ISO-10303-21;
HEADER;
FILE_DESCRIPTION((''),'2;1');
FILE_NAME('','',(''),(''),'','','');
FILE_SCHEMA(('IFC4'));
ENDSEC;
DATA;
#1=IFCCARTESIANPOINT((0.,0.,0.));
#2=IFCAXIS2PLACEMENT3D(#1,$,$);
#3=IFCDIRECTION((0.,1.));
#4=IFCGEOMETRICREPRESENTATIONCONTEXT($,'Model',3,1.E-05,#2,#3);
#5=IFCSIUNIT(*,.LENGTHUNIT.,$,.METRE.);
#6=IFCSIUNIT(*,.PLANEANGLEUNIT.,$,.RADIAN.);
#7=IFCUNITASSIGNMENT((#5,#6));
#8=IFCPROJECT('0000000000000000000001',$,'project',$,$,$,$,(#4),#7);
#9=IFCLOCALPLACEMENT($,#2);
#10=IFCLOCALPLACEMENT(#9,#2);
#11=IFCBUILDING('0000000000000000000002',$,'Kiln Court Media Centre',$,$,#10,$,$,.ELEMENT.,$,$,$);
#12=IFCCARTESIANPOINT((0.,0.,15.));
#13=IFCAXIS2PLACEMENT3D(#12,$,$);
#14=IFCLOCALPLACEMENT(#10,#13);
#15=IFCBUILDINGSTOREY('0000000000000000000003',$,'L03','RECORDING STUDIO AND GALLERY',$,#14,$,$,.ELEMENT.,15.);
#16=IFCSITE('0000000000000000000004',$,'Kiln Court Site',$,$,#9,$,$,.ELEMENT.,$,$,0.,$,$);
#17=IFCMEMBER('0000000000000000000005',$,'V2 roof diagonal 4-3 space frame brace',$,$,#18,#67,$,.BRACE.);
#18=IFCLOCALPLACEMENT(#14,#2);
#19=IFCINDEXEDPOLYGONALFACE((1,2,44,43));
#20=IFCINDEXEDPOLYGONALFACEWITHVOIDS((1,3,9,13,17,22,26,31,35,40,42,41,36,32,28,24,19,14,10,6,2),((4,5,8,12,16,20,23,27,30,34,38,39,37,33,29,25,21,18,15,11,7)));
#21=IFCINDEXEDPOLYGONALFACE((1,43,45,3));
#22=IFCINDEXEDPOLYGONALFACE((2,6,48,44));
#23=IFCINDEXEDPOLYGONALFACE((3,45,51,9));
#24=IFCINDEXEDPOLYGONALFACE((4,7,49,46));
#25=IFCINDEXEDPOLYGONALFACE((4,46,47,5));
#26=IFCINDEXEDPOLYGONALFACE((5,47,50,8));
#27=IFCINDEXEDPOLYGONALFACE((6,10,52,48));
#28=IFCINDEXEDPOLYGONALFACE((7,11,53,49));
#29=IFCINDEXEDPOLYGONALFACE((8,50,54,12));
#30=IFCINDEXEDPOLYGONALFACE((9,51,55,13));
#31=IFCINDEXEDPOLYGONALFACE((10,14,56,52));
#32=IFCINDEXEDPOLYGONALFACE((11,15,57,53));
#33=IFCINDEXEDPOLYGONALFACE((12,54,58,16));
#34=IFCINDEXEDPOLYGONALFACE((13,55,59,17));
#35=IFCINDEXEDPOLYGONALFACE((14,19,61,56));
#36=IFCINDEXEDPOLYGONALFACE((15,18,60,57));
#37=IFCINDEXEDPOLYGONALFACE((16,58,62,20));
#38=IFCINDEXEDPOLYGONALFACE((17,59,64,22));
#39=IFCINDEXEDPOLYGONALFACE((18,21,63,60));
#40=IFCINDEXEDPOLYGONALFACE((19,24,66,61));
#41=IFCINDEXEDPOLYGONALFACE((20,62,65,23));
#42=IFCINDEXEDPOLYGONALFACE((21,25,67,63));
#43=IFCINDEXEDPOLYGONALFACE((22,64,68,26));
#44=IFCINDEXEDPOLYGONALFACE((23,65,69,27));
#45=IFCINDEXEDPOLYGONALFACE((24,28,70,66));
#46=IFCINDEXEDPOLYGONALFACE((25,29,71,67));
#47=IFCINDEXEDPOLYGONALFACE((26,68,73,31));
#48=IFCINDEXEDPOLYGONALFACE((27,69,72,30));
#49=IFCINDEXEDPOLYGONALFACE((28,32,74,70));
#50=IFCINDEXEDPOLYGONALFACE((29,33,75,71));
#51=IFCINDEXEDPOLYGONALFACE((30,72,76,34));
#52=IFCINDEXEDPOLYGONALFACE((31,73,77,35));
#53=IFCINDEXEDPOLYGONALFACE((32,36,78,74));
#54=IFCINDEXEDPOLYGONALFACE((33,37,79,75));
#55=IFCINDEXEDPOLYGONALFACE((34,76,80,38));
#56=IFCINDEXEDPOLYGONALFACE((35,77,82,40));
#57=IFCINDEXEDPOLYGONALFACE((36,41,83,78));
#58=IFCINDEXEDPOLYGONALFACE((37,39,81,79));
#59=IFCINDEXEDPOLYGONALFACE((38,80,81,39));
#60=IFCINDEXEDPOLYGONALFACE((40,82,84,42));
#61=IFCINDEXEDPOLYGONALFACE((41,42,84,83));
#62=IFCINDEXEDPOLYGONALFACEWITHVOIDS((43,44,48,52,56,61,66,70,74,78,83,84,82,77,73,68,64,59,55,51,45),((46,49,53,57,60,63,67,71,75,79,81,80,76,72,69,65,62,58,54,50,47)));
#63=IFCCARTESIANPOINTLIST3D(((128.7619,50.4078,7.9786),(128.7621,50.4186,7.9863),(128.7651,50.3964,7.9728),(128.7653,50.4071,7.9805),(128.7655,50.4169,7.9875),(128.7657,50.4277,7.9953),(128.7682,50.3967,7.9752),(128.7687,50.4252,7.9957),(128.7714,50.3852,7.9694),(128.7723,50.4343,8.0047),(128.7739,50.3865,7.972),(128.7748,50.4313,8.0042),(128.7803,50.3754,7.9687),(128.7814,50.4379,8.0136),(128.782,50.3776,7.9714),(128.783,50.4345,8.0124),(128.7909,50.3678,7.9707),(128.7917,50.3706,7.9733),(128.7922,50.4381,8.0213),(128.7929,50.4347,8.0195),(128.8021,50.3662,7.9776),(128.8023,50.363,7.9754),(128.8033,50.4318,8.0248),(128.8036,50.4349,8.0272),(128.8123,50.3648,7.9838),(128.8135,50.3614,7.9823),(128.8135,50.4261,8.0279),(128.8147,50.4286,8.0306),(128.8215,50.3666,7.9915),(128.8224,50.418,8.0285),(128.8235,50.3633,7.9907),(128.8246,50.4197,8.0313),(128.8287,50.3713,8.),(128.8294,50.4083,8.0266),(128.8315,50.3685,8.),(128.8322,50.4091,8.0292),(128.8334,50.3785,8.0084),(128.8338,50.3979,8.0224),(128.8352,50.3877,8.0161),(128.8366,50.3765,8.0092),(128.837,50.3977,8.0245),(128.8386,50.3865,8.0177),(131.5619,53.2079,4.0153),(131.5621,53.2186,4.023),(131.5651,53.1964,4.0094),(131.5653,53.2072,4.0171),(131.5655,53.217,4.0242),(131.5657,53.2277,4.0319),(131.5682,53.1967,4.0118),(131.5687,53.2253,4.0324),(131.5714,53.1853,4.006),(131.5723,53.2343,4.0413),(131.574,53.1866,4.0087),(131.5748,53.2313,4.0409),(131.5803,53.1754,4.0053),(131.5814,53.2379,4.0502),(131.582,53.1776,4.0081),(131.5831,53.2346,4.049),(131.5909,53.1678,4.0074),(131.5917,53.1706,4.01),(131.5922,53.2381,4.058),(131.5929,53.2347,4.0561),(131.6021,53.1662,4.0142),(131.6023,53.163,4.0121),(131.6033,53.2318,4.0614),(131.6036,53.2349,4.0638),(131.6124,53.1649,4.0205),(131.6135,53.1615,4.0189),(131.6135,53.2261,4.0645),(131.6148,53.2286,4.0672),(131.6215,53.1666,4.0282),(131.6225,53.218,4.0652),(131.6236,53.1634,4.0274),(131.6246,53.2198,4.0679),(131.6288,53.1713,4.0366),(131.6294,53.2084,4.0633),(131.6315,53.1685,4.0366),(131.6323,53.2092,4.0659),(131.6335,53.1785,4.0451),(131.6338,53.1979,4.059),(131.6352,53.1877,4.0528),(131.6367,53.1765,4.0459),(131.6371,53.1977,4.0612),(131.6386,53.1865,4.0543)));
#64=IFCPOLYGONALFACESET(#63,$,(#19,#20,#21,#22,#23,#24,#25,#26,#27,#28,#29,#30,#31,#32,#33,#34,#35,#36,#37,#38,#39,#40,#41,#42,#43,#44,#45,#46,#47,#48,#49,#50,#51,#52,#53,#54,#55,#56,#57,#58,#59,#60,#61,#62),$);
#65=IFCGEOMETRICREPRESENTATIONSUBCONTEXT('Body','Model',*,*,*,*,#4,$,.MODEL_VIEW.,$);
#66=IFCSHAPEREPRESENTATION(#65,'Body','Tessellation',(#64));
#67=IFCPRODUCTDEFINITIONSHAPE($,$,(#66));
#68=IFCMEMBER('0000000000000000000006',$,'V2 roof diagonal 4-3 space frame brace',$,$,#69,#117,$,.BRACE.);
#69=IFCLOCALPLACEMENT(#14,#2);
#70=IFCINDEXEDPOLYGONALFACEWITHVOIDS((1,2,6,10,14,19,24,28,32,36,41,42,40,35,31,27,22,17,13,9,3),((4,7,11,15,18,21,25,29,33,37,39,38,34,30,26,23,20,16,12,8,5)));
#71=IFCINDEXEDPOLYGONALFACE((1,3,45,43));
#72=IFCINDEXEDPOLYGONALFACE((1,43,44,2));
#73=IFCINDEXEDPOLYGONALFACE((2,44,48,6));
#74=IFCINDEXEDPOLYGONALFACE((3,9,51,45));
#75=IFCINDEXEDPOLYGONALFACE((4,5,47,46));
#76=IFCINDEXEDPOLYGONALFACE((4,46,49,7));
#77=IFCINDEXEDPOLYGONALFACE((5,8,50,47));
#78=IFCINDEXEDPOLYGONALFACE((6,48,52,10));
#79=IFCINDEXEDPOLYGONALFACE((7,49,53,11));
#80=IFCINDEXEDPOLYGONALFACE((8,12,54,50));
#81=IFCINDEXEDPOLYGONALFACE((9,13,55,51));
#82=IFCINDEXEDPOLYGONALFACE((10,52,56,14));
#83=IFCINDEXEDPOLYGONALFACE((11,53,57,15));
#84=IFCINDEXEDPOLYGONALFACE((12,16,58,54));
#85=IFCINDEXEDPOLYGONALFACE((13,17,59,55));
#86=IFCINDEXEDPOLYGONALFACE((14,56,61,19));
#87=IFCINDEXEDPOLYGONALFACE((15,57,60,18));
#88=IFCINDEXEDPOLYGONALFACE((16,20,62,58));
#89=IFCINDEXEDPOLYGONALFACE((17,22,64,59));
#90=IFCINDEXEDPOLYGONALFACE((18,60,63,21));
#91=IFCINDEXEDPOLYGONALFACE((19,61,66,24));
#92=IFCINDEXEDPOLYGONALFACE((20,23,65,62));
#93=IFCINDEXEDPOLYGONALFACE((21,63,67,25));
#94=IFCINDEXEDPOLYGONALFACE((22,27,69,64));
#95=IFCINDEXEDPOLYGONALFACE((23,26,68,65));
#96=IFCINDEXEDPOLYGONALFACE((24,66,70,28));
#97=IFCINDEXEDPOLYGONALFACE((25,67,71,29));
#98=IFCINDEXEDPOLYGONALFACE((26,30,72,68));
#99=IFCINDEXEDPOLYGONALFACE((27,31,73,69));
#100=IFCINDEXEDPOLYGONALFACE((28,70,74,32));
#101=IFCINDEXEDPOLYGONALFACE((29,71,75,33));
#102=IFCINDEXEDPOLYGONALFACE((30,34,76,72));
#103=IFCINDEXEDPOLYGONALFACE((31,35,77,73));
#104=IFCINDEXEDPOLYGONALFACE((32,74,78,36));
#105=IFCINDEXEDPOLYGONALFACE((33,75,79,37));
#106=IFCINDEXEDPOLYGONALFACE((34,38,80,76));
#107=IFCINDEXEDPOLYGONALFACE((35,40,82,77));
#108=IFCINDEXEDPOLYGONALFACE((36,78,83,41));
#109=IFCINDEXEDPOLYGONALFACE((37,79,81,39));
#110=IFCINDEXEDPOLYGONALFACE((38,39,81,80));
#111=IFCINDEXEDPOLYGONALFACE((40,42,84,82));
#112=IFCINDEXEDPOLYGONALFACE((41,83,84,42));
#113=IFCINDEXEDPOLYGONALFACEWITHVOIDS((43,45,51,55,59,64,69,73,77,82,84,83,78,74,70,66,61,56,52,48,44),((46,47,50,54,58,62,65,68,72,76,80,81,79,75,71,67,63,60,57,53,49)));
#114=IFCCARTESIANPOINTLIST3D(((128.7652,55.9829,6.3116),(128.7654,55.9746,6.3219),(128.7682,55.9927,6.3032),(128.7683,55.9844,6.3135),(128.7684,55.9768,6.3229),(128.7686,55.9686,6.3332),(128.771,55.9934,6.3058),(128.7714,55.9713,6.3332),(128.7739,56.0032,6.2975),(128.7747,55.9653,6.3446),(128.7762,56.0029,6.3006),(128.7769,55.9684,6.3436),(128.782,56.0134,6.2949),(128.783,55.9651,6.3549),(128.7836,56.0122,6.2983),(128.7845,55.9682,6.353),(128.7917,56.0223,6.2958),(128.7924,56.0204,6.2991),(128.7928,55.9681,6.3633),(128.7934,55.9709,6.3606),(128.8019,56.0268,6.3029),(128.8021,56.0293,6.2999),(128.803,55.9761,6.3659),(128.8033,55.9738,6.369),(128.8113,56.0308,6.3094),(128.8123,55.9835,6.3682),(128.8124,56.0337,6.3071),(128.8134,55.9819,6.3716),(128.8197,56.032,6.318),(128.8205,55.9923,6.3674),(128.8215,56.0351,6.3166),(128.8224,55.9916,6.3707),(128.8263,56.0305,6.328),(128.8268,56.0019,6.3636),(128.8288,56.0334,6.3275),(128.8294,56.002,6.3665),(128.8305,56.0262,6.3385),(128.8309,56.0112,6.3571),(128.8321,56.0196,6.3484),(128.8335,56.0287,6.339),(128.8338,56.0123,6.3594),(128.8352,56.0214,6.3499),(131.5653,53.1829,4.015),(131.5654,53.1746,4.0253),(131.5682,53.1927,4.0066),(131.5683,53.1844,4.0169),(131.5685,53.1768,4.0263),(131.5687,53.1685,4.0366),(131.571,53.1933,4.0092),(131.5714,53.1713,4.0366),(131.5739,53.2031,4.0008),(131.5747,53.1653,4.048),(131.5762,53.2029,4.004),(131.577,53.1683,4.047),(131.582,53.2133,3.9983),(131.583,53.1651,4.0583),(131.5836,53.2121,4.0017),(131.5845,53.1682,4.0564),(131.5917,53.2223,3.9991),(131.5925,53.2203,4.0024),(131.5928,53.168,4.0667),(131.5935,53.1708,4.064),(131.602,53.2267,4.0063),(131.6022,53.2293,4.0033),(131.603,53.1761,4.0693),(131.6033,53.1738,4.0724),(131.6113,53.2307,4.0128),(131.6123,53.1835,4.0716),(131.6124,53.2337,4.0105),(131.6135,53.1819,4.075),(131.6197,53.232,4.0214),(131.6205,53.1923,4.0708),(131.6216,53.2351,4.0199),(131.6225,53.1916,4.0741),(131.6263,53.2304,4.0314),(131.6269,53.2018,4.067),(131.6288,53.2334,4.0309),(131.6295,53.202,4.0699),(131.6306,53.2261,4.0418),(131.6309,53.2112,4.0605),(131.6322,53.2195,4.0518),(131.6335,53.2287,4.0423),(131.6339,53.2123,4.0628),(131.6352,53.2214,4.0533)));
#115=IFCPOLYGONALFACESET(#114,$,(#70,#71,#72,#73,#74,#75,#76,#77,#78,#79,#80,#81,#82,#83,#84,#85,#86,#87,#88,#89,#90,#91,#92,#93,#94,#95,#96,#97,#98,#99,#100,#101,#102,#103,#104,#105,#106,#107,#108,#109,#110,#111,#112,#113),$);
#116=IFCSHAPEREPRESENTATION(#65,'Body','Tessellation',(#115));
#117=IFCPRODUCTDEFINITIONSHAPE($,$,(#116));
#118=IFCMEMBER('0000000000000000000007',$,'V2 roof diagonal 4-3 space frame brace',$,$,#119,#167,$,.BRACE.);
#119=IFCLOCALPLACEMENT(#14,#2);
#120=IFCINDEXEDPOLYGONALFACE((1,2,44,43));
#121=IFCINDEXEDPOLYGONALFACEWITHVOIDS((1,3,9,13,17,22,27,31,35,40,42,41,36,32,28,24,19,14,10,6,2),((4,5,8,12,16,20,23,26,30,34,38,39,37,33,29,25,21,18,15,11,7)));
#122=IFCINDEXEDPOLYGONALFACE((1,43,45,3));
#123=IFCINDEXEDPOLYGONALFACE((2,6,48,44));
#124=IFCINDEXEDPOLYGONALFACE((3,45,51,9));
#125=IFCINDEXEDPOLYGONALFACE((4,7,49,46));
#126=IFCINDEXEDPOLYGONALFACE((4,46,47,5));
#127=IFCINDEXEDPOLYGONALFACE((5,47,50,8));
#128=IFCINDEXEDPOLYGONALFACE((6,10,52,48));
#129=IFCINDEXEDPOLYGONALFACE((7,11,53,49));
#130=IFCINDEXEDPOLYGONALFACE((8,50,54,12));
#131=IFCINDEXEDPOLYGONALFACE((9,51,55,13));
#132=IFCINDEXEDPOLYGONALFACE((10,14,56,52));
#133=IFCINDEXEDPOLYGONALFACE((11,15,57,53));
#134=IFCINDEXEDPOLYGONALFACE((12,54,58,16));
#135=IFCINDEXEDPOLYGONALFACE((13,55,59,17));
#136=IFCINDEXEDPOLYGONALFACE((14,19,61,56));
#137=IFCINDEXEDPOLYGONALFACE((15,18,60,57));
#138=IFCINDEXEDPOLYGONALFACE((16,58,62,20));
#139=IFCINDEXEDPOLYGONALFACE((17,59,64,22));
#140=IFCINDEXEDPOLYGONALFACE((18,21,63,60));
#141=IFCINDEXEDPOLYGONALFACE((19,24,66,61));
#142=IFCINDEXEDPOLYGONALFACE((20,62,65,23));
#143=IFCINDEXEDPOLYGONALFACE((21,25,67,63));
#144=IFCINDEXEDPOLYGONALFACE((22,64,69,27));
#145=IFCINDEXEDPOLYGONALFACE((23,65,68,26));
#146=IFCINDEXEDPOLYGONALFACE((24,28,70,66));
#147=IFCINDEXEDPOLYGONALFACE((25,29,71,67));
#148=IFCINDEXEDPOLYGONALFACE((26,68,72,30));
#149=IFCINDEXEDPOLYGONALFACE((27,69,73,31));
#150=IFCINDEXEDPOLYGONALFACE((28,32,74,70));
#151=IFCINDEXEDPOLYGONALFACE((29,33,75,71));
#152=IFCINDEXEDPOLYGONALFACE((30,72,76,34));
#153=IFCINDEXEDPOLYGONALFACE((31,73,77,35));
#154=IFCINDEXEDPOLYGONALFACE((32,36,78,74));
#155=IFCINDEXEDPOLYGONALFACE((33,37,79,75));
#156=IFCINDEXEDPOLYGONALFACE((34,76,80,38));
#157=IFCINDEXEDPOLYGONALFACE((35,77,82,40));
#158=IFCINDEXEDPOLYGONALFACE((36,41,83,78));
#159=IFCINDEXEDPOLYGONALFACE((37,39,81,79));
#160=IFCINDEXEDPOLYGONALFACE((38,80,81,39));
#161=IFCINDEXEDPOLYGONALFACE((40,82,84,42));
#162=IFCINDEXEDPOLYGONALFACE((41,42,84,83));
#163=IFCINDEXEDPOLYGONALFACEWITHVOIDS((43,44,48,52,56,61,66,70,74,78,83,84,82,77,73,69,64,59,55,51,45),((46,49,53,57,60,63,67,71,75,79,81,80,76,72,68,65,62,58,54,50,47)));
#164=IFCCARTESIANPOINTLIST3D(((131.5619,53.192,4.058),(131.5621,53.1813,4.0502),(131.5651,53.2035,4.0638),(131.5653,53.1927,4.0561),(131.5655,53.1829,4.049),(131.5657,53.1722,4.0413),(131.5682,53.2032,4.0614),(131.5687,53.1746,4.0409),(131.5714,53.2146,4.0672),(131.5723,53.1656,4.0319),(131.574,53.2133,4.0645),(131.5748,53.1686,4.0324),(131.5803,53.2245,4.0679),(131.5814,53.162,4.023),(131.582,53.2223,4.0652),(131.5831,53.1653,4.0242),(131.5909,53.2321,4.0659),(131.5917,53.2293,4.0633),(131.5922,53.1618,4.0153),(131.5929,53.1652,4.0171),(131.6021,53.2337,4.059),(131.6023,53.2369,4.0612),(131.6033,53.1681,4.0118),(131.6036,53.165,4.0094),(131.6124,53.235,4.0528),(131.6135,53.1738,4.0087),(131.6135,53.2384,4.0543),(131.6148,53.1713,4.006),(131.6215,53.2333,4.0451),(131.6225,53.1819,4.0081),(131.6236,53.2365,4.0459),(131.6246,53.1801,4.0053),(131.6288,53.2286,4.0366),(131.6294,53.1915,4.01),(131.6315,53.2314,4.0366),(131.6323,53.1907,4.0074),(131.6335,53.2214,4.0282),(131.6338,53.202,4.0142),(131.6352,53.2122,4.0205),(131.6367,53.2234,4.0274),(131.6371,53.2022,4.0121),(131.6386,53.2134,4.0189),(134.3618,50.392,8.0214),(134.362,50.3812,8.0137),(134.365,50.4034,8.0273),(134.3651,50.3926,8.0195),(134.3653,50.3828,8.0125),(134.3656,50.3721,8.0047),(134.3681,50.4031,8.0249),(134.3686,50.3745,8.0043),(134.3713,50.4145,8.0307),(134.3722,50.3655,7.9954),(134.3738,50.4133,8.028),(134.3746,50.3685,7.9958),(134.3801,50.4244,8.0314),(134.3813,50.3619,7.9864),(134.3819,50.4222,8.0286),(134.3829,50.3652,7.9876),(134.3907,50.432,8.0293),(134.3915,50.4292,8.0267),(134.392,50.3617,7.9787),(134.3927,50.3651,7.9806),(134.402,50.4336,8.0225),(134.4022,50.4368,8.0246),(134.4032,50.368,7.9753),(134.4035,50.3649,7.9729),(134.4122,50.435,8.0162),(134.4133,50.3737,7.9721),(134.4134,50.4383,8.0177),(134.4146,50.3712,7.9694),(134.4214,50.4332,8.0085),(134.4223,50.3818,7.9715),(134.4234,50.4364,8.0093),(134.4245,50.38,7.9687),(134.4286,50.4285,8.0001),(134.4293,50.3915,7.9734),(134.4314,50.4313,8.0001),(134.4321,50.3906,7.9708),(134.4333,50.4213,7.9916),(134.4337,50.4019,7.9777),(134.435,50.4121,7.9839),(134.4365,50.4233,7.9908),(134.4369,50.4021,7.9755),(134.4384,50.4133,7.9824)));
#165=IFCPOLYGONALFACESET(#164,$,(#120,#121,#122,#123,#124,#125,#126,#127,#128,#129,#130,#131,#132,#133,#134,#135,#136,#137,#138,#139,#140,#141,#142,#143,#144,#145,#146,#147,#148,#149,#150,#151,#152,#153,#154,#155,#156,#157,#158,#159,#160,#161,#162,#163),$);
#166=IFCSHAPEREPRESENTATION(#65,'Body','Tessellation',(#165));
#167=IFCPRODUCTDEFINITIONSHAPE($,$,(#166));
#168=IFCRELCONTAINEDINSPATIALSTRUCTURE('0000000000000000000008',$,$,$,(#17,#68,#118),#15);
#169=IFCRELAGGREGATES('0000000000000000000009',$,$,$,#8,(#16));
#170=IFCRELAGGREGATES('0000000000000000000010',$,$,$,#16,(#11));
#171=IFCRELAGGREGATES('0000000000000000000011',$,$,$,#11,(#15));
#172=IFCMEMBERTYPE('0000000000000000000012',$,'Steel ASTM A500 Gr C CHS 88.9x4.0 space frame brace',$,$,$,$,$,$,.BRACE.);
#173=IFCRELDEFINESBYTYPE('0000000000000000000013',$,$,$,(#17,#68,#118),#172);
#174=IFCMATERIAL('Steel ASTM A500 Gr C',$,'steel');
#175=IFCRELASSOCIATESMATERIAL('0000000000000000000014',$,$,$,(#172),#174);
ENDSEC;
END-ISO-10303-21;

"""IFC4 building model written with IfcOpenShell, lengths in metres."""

from ifc_helpers import new_model, si_unit, direction, frame, origin, origin_2d, place, context, subcontext, project, spatial, hollow_circle, extrude, material, material_profile, profile_set, type_object, element, save


model = new_model("IFC4")

# Units and contexts
model_context = context("Model", 3, precision=1e-05, world=origin(), true_north=direction((0.0, 1.0)))
body_context = subcontext(model_context, "Body", "Model", "MODEL_VIEW")
ifc_project = project(units=[si_unit("LENGTHUNIT", "METRE"), si_unit("PLANEANGLEUNIT", "RADIAN")], contexts=[model_context])

# Site, building, storey
site_placement = place(None, origin())
site = spatial("IfcSite", under=ifc_project, at=site_placement, Name="Kiln Court Site", CompositionType="ELEMENT", RefElevation=0.0)
building_placement = place(site_placement, origin())
building = spatial("IfcBuilding", under=site, at=building_placement, Name="Kiln Court Media Centre", CompositionType="ELEMENT")
storey_placement = place(building_placement, frame((0.0, 0.0, 15.0)))
storey = spatial("IfcBuildingStorey", under=building, at=storey_placement, Name="L03", Description="RECORDING STUDIO AND GALLERY", CompositionType="ELEMENT", Elevation=15.0)

# Members
ifc_material_1 = material(Name="Steel ASTM A500 Gr C", Category="steel")
ifc_material_profile_1 = material_profile(ifc_material_1, hollow_circle(Radius=0.0444, WallThickness=0.0039, at=origin_2d()), Name="CHS 88.9x4.0")
ifc_profile_set_1 = profile_set([ifc_material_profile_1], Name="Steel ASTM A500 Gr C")
member_type_1 = type_object("IfcMemberType", Name="Steel ASTM A500 Gr C CHS 88.9x4.0 space frame brace", PredefinedType="BRACE", material=ifc_profile_set_1)
member_1_placement = place(storey_placement, frame((131.6001, 53.2, 4.0366), z_axis=(-0.499778, -0.499778, 0.70742), x_axis=(0.707107, -0.707107, 0.0)))
element("IfcMember", 1, at=member_1_placement, inside=storey, type_object=member_type_1, Name="V2 roof diagonal 4-3 space frame brace", PredefinedType="BRACE", context=body_context, shape_type="SweptSolid", body=[
    extrude(hollow_circle(Radius=0.0444, WallThickness=0.0039, at=origin_2d()), origin(), (0.0, 0.0, 1.0), 5.6025),
])
member_2_placement = place(storey_placement, frame((131.6001, 53.2, 4.0366), z_axis=(-0.611676, 0.611676, 0.501703), x_axis=(-0.707107, -0.707107, 0.0)))
element("IfcMember", 2, at=member_2_placement, inside=storey, type_object=member_type_1, Name="V2 roof diagonal 4-3 space frame brace", PredefinedType="BRACE", context=body_context, shape_type="SweptSolid", body=[
    extrude(hollow_circle(Radius=0.0444, WallThickness=0.0039, at=origin_2d()), origin(), (0.0, 0.0, 1.0), 4.5776),
])
member_3_placement = place(storey_placement, frame((131.6001, 53.2, 4.0366), z_axis=(0.499746, -0.499789, 0.707436), x_axis=(0.707138, 0.707076, 0.0)))
element("IfcMember", 3, at=member_3_placement, inside=storey, type_object=member_type_1, Name="V2 roof diagonal 4-3 space frame brace", PredefinedType="BRACE", context=body_context, shape_type="SweptSolid", body=[
    extrude(hollow_circle(Radius=0.0444, WallThickness=0.0039, at=origin_2d()), origin(), (0.0, 0.0, 1.0), 5.6025),
])

save(model, "model.ifc")
